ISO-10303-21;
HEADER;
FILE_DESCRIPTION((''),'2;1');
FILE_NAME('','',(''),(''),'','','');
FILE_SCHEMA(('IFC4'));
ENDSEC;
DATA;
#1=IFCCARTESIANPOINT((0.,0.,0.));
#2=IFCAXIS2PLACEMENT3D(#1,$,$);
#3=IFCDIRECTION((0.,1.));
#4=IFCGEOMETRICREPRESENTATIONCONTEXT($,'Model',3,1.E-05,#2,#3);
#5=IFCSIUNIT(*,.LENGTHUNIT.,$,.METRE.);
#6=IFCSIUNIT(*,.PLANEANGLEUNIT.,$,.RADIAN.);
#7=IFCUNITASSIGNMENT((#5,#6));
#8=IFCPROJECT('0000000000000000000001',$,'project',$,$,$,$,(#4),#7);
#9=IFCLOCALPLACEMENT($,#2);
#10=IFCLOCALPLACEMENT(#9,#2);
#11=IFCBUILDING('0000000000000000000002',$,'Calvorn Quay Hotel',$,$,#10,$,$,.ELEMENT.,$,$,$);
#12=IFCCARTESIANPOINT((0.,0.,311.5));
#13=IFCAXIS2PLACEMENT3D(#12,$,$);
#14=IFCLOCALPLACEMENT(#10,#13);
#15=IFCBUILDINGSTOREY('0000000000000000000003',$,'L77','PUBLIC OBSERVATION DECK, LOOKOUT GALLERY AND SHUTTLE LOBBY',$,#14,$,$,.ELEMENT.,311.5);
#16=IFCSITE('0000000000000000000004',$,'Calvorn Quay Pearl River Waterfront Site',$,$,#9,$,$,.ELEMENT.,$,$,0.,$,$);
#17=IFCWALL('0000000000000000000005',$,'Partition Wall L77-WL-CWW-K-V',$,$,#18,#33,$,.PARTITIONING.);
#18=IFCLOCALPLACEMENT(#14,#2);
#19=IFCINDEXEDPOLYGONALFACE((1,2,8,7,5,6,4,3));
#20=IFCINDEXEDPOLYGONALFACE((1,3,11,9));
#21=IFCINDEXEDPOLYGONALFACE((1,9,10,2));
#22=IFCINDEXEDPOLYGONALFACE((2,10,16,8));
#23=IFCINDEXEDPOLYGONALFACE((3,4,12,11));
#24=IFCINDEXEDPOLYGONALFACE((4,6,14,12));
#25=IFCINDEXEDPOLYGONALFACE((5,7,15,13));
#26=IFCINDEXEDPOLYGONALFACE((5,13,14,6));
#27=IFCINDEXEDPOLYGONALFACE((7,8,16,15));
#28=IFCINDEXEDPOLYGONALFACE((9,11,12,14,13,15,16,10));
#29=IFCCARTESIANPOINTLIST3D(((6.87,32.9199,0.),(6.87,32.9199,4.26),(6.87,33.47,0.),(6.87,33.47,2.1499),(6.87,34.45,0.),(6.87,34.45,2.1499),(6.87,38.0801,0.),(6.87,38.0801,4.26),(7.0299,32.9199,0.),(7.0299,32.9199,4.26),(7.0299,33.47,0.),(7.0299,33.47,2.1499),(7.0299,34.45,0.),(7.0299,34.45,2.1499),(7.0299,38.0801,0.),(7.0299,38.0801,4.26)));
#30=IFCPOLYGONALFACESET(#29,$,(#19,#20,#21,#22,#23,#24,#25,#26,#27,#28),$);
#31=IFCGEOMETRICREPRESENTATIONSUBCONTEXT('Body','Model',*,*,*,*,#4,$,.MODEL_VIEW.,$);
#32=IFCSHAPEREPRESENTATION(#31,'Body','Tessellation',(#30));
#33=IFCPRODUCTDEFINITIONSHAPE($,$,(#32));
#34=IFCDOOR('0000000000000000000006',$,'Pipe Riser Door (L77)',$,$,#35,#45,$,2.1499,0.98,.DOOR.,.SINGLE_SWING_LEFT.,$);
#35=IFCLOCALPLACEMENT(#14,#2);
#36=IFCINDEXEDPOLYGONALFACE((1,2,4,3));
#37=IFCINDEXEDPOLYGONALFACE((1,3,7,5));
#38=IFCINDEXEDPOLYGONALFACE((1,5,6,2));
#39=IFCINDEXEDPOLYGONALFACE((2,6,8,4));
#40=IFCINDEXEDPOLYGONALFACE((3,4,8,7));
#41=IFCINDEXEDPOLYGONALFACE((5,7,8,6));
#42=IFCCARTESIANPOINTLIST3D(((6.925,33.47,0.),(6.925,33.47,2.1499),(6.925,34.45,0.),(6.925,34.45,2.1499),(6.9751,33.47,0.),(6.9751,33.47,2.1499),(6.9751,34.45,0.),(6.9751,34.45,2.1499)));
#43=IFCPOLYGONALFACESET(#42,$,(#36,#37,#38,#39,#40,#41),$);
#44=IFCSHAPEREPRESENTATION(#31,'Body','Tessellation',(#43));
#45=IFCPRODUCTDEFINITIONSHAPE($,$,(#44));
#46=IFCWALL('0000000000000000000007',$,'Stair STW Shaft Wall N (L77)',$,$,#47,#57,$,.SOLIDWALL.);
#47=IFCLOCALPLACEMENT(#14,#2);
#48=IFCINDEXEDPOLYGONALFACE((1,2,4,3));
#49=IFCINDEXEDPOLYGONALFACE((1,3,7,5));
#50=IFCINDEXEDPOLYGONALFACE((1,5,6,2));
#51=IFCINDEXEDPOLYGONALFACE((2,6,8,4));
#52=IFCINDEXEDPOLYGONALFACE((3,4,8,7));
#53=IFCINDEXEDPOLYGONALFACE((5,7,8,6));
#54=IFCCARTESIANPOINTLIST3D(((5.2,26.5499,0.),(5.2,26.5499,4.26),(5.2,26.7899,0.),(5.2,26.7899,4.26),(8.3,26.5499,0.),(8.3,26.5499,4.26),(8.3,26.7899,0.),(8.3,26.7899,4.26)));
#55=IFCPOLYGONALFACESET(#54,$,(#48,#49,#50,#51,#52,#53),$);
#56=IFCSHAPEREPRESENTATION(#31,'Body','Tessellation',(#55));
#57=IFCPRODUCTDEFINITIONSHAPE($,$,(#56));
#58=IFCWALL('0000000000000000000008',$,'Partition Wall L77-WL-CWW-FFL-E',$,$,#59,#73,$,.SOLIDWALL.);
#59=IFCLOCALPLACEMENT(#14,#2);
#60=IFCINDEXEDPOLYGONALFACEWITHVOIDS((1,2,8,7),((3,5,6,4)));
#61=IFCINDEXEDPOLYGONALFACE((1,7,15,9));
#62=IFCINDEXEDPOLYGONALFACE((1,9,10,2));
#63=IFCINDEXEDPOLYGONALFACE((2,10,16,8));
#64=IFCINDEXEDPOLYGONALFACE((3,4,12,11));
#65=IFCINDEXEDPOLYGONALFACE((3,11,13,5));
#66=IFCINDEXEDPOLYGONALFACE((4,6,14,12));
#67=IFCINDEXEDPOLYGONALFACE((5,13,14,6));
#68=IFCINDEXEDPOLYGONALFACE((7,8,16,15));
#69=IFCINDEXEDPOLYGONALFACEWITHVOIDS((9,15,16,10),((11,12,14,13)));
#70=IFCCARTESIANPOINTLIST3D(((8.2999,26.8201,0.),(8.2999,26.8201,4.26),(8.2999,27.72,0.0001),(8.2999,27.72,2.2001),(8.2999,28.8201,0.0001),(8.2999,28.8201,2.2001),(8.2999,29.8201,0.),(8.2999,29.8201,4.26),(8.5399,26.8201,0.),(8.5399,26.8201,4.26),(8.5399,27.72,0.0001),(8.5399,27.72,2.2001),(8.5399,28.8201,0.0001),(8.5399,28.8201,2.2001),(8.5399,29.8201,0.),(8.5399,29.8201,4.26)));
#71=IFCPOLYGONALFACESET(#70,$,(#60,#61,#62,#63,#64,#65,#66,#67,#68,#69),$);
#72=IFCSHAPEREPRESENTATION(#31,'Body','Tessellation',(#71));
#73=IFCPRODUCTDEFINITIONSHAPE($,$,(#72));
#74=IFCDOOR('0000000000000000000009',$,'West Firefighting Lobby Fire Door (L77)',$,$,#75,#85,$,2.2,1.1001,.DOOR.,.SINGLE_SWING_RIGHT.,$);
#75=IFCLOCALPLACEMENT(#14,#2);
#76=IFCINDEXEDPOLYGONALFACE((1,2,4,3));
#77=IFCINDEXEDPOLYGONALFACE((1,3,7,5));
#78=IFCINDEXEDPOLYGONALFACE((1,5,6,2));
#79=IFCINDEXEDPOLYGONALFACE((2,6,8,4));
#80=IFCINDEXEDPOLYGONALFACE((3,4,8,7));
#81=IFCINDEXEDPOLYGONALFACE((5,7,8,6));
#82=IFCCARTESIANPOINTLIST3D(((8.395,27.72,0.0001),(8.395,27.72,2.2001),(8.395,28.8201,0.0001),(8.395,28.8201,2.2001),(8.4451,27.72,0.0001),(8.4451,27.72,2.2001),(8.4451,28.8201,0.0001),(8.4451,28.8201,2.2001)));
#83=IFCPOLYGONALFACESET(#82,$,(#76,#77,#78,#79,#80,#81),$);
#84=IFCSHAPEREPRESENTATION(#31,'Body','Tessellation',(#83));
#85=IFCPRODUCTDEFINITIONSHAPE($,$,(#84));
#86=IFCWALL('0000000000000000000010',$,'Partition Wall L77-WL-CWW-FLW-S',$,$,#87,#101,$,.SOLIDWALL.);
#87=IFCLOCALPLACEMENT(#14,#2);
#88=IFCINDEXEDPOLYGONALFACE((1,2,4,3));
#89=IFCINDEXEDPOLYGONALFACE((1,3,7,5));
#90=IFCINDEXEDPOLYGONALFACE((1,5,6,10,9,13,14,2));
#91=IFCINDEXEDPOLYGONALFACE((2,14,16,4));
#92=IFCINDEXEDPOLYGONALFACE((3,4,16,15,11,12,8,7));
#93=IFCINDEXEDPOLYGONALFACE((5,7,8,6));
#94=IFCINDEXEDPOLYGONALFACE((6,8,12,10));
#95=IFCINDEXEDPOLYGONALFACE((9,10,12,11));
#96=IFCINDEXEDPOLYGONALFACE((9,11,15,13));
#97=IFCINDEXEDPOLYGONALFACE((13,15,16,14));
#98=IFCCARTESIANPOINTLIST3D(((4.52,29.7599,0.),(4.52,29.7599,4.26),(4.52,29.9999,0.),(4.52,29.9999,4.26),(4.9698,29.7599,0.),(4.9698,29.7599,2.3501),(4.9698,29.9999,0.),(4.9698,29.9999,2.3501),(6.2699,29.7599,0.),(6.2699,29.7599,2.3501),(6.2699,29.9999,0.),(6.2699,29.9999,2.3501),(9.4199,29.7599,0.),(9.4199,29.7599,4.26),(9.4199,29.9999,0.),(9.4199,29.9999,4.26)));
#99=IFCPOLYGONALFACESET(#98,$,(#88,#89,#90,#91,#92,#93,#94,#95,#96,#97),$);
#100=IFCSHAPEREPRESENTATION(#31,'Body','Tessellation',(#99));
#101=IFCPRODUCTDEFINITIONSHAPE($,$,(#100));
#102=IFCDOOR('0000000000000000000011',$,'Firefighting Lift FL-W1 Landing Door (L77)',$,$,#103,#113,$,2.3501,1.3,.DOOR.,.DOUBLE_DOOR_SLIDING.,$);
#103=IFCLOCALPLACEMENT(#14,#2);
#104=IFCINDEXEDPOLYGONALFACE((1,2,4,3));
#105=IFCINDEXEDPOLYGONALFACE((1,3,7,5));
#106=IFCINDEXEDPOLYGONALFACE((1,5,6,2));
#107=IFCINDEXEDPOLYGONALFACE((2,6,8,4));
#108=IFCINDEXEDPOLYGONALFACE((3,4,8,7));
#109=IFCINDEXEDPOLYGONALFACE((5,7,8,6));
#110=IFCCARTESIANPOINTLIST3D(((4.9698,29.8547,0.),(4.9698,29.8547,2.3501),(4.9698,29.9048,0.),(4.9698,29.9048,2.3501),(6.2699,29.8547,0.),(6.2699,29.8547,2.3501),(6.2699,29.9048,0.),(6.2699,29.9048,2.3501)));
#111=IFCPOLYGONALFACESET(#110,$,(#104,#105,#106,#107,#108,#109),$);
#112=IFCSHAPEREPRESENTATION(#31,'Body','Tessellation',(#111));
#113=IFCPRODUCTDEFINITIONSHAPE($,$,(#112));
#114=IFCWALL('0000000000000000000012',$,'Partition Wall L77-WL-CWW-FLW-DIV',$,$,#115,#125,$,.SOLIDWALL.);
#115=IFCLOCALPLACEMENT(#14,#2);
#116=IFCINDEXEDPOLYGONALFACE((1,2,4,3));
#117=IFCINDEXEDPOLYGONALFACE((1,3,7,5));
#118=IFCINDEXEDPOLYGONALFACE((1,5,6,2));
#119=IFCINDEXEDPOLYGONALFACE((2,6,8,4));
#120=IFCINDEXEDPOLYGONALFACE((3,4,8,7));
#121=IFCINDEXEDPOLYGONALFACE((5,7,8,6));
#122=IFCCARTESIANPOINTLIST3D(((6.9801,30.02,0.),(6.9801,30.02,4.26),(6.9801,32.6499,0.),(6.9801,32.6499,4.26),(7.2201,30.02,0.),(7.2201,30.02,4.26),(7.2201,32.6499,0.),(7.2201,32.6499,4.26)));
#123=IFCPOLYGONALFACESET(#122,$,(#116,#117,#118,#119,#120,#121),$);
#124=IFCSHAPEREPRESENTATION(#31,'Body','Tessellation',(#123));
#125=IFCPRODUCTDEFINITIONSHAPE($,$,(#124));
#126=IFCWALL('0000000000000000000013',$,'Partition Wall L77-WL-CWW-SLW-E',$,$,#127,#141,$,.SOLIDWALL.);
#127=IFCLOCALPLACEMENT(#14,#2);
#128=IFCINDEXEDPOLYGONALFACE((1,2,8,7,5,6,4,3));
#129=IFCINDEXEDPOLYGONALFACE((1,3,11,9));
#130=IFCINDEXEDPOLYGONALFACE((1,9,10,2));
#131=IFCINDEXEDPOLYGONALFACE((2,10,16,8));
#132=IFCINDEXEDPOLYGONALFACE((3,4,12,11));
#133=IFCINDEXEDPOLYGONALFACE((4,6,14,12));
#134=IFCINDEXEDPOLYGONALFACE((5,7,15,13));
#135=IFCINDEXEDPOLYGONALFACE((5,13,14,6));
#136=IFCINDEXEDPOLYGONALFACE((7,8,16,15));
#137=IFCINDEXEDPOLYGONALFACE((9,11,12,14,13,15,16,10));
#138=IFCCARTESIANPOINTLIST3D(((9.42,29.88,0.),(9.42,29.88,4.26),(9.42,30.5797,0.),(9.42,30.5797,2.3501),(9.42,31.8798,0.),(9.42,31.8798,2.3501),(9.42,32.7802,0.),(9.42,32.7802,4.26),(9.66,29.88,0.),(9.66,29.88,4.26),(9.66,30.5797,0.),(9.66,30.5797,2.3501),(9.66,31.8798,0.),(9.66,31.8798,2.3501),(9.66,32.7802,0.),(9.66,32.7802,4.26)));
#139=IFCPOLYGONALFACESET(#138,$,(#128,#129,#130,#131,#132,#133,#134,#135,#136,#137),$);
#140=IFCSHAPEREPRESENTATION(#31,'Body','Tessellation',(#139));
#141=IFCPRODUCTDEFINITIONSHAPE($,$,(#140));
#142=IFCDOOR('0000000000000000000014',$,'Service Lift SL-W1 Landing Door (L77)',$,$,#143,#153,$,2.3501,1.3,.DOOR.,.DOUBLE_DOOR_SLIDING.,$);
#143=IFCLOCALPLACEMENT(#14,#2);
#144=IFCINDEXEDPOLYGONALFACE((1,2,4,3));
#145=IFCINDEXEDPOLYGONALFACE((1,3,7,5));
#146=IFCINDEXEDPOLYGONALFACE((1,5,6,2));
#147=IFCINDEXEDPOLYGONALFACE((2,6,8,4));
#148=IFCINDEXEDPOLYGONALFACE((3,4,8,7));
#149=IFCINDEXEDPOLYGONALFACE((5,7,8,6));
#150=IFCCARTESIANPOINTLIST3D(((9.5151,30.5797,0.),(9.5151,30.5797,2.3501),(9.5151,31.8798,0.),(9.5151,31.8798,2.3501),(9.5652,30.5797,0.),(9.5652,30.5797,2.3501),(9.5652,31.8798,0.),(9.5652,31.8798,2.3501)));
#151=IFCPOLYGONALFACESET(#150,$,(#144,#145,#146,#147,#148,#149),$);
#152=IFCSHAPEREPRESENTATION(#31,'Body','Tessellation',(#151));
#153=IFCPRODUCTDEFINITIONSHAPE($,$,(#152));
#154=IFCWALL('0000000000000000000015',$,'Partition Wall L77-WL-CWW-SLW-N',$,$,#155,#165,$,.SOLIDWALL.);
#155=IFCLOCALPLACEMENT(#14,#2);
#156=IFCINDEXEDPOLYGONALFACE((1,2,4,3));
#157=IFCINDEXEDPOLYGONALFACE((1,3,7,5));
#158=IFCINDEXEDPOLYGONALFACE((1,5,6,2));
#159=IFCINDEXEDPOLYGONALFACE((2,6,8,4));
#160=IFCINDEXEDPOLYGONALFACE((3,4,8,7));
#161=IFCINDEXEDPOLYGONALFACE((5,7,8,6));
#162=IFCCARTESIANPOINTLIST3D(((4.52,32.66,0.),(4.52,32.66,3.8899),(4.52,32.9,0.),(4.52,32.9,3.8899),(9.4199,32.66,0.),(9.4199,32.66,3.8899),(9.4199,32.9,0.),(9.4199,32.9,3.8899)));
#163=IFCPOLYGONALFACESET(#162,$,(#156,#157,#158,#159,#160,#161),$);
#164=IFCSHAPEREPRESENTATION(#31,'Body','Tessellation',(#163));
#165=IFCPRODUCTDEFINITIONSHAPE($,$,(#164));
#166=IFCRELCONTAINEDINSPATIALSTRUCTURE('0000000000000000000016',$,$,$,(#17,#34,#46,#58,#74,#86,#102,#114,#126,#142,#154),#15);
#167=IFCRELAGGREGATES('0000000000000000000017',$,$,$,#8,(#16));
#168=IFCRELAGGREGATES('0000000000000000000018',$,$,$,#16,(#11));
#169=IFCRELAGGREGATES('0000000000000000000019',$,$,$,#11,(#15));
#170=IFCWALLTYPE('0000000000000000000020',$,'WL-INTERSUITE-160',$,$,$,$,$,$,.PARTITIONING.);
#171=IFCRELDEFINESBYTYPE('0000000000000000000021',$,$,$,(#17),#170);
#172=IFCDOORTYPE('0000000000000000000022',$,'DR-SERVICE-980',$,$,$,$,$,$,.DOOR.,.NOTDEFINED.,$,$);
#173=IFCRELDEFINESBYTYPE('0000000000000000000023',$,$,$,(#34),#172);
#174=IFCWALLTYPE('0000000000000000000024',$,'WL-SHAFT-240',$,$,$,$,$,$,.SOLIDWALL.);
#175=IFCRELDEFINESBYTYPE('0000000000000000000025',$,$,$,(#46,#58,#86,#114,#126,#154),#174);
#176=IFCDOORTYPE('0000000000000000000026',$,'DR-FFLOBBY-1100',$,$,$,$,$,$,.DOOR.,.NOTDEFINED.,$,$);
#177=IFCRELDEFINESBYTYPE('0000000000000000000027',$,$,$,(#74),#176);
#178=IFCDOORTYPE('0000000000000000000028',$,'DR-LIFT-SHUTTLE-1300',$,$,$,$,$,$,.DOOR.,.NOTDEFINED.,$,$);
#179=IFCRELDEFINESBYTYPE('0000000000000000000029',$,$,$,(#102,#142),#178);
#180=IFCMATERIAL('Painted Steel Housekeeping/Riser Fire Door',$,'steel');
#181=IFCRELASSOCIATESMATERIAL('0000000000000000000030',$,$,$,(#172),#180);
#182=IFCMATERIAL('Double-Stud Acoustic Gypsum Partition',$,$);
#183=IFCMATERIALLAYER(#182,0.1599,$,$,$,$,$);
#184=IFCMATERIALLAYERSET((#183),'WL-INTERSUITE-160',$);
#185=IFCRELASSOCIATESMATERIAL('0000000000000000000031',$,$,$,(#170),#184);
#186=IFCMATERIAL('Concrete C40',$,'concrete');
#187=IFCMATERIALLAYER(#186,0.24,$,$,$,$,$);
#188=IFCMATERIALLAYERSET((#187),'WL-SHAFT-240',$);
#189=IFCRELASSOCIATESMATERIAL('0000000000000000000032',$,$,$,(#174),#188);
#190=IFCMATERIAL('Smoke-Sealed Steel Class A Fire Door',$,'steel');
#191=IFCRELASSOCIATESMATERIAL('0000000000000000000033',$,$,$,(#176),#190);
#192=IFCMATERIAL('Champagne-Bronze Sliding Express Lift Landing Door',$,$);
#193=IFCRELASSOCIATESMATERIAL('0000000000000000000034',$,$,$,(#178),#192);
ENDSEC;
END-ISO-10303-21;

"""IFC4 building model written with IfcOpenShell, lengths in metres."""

from ifc_helpers import new_model, si_unit, direction, frame, frame_2d, origin, place, context, subcontext, project, spatial, rectangle, extrude, material, layer, layer_set, type_object, element, fill, save


model = new_model("IFC4")

# Units and contexts
model_context = context("Model", 3, precision=1e-05, world=origin(), true_north=direction((0.0, 1.0)))
body_context = subcontext(model_context, "Body", "Model", "MODEL_VIEW")
ifc_project = project(units=[si_unit("LENGTHUNIT", "METRE"), si_unit("PLANEANGLEUNIT", "RADIAN")], contexts=[model_context])

# Site, building, storey
site_placement = place(None, origin())
site = spatial("IfcSite", under=ifc_project, at=site_placement, Name="Calvorn Quay Pearl River Waterfront Site", CompositionType="ELEMENT", RefElevation=0.0)
building_placement = place(site_placement, origin())
building = spatial("IfcBuilding", under=site, at=building_placement, Name="Calvorn Quay Hotel", CompositionType="ELEMENT")
storey_placement = place(building_placement, frame((0.0, 0.0, 311.5)))
storey = spatial("IfcBuildingStorey", under=building, at=storey_placement, Name="L77", Description="PUBLIC OBSERVATION DECK, LOOKOUT GALLERY AND SHUTTLE LOBBY", CompositionType="ELEMENT", Elevation=311.5)

# Wall, opening, door
ifc_material_1 = material(Name="Painted Steel Housekeeping/Riser Fire Door", Category="steel")
door_type_1 = type_object("IfcDoorType", Name="DR-SERVICE-980", OperationType="NOTDEFINED", PredefinedType="DOOR", material=ifc_material_1)
ifc_material_2 = material(Name="Double-Stud Acoustic Gypsum Partition")
ifc_layer_1 = layer(ifc_material_2, 0.1599)
ifc_layer_set_1 = layer_set([ifc_layer_1], Name="WL-INTERSUITE-160")
wall_type_1 = type_object("IfcWallType", Name="WL-INTERSUITE-160", PredefinedType="PARTITIONING", material=ifc_layer_set_1)
wall_1_placement = place(storey_placement, frame((6.95, 32.9199, 0.0), z_axis=(0.0, 0.0, 1.0), x_axis=(0.0, 1.0, 0.0)))
wall_1 = element("IfcWall", 1, at=wall_1_placement, inside=storey, type_object=wall_type_1, Name="Partition Wall L77-WL-CWW-K-V", PredefinedType="PARTITIONING", context=body_context, shape_type="SweptSolid", body=[
    extrude(rectangle(XDim=5.1602, YDim=0.1599, at=frame_2d((2.5801, 0.0))), origin(), (0.0, 0.0, 1.0), 4.26),
])
opening_1_placement = place(wall_1_placement, frame((0.55, 0.0, 0.0)))
opening_1 = element("IfcOpeningElement", 2, at=opening_1_placement, cuts=wall_1, PredefinedType="OPENING", context=body_context, shape_type="SweptSolid", body=[
    extrude(rectangle(XDim=0.98, YDim=2.1499, at=frame_2d((0.49, 1.075))), frame((0.0, 0.0898, 0.0), z_axis=(0.0, -1.0, 0.0), x_axis=(1.0, 0.0, 0.0)), (0.0, 0.0, 1.0), 0.1799),
])
door_1_placement = place(opening_1_placement, origin())
door_1 = element("IfcDoor", 3, at=door_1_placement, inside=storey, type_object=door_type_1, Name="Pipe Riser Door (L77)", OperationType="SINGLE_SWING_LEFT", OverallHeight=2.1499, OverallWidth=0.98, PredefinedType="DOOR", context=body_context, shape_type="SweptSolid", body=[
    extrude(rectangle(XDim=0.98, YDim=2.1499, at=frame_2d((0.49, 1.075))), frame((0.0, 0.0249, 0.0), z_axis=(0.0, -1.0, 0.0), x_axis=(1.0, 0.0, 0.0)), (0.0, 0.0, 1.0), 0.05),
])
fill(opening_1, door_1)

# Wall
ifc_material_3 = material(Name="Concrete C40", Category="concrete")
ifc_layer_2 = layer(ifc_material_3, 0.24)
ifc_layer_set_2 = layer_set([ifc_layer_2], Name="WL-SHAFT-240")
wall_type_2 = type_object("IfcWallType", Name="WL-SHAFT-240", PredefinedType="SOLIDWALL", material=ifc_layer_set_2)
wall_2_placement = place(storey_placement, frame((5.2, 26.6699, 0.0), z_axis=(0.0, 0.0, 1.0), x_axis=(1.0, 0.0, 0.0)))
element("IfcWall", 4, at=wall_2_placement, inside=storey, type_object=wall_type_2, Name="Stair STW Shaft Wall N (L77)", PredefinedType="SOLIDWALL", context=body_context, shape_type="SweptSolid", body=[
    extrude(rectangle(XDim=3.1001, YDim=0.24, at=frame_2d((1.55, 0.0))), origin(), (0.0, 0.0, 1.0), 4.26),
])

# Walls, openings, doors
wall_3_placement = place(storey_placement, frame((8.4199, 26.8201, 0.0), z_axis=(0.0, 0.0, 1.0), x_axis=(0.0, 1.0, 0.0)))
wall_3 = element("IfcWall", 5, at=wall_3_placement, inside=storey, type_object=wall_type_2, Name="Partition Wall L77-WL-CWW-FFL-E", PredefinedType="SOLIDWALL", context=body_context, shape_type="SweptSolid", body=[
    extrude(rectangle(XDim=3.0, YDim=0.24, at=frame_2d((1.5, 0.0))), origin(), (0.0, 0.0, 1.0), 4.26),
])
opening_2_placement = place(wall_3_placement, frame((0.8999, 0.0, 0.0)))
opening_2 = element("IfcOpeningElement", 6, at=opening_2_placement, cuts=wall_3, PredefinedType="OPENING", context=body_context, shape_type="SweptSolid", body=[
    extrude(rectangle(XDim=1.1001, YDim=2.2, at=frame_2d((0.55, 1.1001))), frame((0.0, 0.1299, 0.0), z_axis=(0.0, -1.0, 0.0), x_axis=(1.0, 0.0, 0.0)), (0.0, 0.0, 1.0), 0.26),
])
ifc_material_4 = material(Name="Smoke-Sealed Steel Class A Fire Door", Category="steel")
door_type_2 = type_object("IfcDoorType", Name="DR-FFLOBBY-1100", OperationType="NOTDEFINED", PredefinedType="DOOR", material=ifc_material_4)
door_2_placement = place(opening_2_placement, origin())
door_2 = element("IfcDoor", 7, at=door_2_placement, inside=storey, type_object=door_type_2, Name="West Firefighting Lobby Fire Door (L77)", OperationType="SINGLE_SWING_RIGHT", OverallHeight=2.2, OverallWidth=1.1001, PredefinedType="DOOR", context=body_context, shape_type="SweptSolid", body=[
    extrude(rectangle(XDim=1.1001, YDim=2.2, at=frame_2d((0.55, 1.1001))), frame((0.0, 0.0249, 0.0), z_axis=(0.0, -1.0, 0.0), x_axis=(1.0, 0.0, 0.0)), (0.0, 0.0, 1.0), 0.05),
])
fill(opening_2, door_2)
wall_4_placement = place(storey_placement, frame((4.52, 29.8799, 0.0), z_axis=(0.0, 0.0, 1.0), x_axis=(1.0, 0.0, 0.0)))
wall_4 = element("IfcWall", 8, at=wall_4_placement, inside=storey, type_object=wall_type_2, Name="Partition Wall L77-WL-CWW-FLW-S", PredefinedType="SOLIDWALL", context=body_context, shape_type="SweptSolid", body=[
    extrude(rectangle(XDim=4.8999, YDim=0.24, at=frame_2d((2.45, 0.0))), origin(), (0.0, 0.0, 1.0), 4.26),
])
opening_3_placement = place(wall_4_placement, frame((0.45, 0.0, 0.0)))
opening_3 = element("IfcOpeningElement", 9, at=opening_3_placement, cuts=wall_4, PredefinedType="OPENING", context=body_context, shape_type="SweptSolid", body=[
    extrude(rectangle(XDim=1.3, YDim=2.3501, at=frame_2d((0.6499, 1.175))), frame((0.0, 0.1299, 0.0), z_axis=(0.0, -1.0, 0.0), x_axis=(1.0, 0.0, 0.0)), (0.0, 0.0, 1.0), 0.26),
])
ifc_material_5 = material(Name="Champagne-Bronze Sliding Express Lift Landing Door")
door_type_3 = type_object("IfcDoorType", Name="DR-LIFT-SHUTTLE-1300", OperationType="NOTDEFINED", PredefinedType="DOOR", material=ifc_material_5)
door_3_placement = place(opening_3_placement, origin())
door_3 = element("IfcDoor", 10, at=door_3_placement, inside=storey, type_object=door_type_3, Name="Firefighting Lift FL-W1 Landing Door (L77)", OperationType="DOUBLE_DOOR_SLIDING", OverallHeight=2.3501, OverallWidth=1.3, PredefinedType="DOOR", context=body_context, shape_type="SweptSolid", body=[
    extrude(rectangle(XDim=1.3, YDim=2.3501, at=frame_2d((0.6499, 1.175))), frame((0.0, 0.0249, 0.0), z_axis=(0.0, -1.0, 0.0), x_axis=(1.0, 0.0, 0.0)), (0.0, 0.0, 1.0), 0.05),
])
fill(opening_3, door_3)

# Wall
wall_5_placement = place(storey_placement, frame((7.1001, 30.02, 0.0), z_axis=(0.0, 0.0, 1.0), x_axis=(0.0, 1.0, 0.0)))
element("IfcWall", 11, at=wall_5_placement, inside=storey, type_object=wall_type_2, Name="Partition Wall L77-WL-CWW-FLW-DIV", PredefinedType="SOLIDWALL", context=body_context, shape_type="SweptSolid", body=[
    extrude(rectangle(XDim=2.6299, YDim=0.24, at=frame_2d((1.3149, 0.0))), origin(), (0.0, 0.0, 1.0), 4.26),
])

# Wall, opening, door
wall_6_placement = place(storey_placement, frame((9.54, 29.8799, 0.0), z_axis=(0.0, 0.0, 1.0), x_axis=(0.0, 1.0, 0.0)))
wall_6 = element("IfcWall", 12, at=wall_6_placement, inside=storey, type_object=wall_type_2, Name="Partition Wall L77-WL-CWW-SLW-E", PredefinedType="SOLIDWALL", context=body_context, shape_type="SweptSolid", body=[
    extrude(rectangle(XDim=2.9001, YDim=0.24, at=frame_2d((1.4502, 0.0))), origin(), (0.0, 0.0, 1.0), 4.26),
])
opening_4_placement = place(wall_6_placement, frame((0.7, 0.0, 0.0)))
opening_4 = element("IfcOpeningElement", 13, at=opening_4_placement, cuts=wall_6, PredefinedType="OPENING", context=body_context, shape_type="SweptSolid", body=[
    extrude(rectangle(XDim=1.3, YDim=2.3501, at=frame_2d((0.6499, 1.175))), frame((0.0, 0.1299, 0.0), z_axis=(0.0, -1.0, 0.0), x_axis=(1.0, 0.0, 0.0)), (0.0, 0.0, 1.0), 0.26),
])
door_4_placement = place(opening_4_placement, origin())
door_4 = element("IfcDoor", 14, at=door_4_placement, inside=storey, type_object=door_type_3, Name="Service Lift SL-W1 Landing Door (L77)", OperationType="DOUBLE_DOOR_SLIDING", OverallHeight=2.3501, OverallWidth=1.3, PredefinedType="DOOR", context=body_context, shape_type="SweptSolid", body=[
    extrude(rectangle(XDim=1.3, YDim=2.3501, at=frame_2d((0.6499, 1.175))), frame((0.0, 0.0249, 0.0), z_axis=(0.0, -1.0, 0.0), x_axis=(1.0, 0.0, 0.0)), (0.0, 0.0, 1.0), 0.05),
])
fill(opening_4, door_4)

# Wall
wall_7_placement = place(storey_placement, frame((4.52, 32.78, 0.0), z_axis=(0.0, 0.0, 1.0), x_axis=(1.0, 0.0, 0.0)))
element("IfcWall", 15, at=wall_7_placement, inside=storey, type_object=wall_type_2, Name="Partition Wall L77-WL-CWW-SLW-N", PredefinedType="SOLIDWALL", context=body_context, shape_type="SweptSolid", body=[
    extrude(rectangle(XDim=4.8999, YDim=0.24, at=frame_2d((2.45, 0.0))), origin(), (0.0, 0.0, 1.0), 3.8899),
])

save(model, "model.ifc")
